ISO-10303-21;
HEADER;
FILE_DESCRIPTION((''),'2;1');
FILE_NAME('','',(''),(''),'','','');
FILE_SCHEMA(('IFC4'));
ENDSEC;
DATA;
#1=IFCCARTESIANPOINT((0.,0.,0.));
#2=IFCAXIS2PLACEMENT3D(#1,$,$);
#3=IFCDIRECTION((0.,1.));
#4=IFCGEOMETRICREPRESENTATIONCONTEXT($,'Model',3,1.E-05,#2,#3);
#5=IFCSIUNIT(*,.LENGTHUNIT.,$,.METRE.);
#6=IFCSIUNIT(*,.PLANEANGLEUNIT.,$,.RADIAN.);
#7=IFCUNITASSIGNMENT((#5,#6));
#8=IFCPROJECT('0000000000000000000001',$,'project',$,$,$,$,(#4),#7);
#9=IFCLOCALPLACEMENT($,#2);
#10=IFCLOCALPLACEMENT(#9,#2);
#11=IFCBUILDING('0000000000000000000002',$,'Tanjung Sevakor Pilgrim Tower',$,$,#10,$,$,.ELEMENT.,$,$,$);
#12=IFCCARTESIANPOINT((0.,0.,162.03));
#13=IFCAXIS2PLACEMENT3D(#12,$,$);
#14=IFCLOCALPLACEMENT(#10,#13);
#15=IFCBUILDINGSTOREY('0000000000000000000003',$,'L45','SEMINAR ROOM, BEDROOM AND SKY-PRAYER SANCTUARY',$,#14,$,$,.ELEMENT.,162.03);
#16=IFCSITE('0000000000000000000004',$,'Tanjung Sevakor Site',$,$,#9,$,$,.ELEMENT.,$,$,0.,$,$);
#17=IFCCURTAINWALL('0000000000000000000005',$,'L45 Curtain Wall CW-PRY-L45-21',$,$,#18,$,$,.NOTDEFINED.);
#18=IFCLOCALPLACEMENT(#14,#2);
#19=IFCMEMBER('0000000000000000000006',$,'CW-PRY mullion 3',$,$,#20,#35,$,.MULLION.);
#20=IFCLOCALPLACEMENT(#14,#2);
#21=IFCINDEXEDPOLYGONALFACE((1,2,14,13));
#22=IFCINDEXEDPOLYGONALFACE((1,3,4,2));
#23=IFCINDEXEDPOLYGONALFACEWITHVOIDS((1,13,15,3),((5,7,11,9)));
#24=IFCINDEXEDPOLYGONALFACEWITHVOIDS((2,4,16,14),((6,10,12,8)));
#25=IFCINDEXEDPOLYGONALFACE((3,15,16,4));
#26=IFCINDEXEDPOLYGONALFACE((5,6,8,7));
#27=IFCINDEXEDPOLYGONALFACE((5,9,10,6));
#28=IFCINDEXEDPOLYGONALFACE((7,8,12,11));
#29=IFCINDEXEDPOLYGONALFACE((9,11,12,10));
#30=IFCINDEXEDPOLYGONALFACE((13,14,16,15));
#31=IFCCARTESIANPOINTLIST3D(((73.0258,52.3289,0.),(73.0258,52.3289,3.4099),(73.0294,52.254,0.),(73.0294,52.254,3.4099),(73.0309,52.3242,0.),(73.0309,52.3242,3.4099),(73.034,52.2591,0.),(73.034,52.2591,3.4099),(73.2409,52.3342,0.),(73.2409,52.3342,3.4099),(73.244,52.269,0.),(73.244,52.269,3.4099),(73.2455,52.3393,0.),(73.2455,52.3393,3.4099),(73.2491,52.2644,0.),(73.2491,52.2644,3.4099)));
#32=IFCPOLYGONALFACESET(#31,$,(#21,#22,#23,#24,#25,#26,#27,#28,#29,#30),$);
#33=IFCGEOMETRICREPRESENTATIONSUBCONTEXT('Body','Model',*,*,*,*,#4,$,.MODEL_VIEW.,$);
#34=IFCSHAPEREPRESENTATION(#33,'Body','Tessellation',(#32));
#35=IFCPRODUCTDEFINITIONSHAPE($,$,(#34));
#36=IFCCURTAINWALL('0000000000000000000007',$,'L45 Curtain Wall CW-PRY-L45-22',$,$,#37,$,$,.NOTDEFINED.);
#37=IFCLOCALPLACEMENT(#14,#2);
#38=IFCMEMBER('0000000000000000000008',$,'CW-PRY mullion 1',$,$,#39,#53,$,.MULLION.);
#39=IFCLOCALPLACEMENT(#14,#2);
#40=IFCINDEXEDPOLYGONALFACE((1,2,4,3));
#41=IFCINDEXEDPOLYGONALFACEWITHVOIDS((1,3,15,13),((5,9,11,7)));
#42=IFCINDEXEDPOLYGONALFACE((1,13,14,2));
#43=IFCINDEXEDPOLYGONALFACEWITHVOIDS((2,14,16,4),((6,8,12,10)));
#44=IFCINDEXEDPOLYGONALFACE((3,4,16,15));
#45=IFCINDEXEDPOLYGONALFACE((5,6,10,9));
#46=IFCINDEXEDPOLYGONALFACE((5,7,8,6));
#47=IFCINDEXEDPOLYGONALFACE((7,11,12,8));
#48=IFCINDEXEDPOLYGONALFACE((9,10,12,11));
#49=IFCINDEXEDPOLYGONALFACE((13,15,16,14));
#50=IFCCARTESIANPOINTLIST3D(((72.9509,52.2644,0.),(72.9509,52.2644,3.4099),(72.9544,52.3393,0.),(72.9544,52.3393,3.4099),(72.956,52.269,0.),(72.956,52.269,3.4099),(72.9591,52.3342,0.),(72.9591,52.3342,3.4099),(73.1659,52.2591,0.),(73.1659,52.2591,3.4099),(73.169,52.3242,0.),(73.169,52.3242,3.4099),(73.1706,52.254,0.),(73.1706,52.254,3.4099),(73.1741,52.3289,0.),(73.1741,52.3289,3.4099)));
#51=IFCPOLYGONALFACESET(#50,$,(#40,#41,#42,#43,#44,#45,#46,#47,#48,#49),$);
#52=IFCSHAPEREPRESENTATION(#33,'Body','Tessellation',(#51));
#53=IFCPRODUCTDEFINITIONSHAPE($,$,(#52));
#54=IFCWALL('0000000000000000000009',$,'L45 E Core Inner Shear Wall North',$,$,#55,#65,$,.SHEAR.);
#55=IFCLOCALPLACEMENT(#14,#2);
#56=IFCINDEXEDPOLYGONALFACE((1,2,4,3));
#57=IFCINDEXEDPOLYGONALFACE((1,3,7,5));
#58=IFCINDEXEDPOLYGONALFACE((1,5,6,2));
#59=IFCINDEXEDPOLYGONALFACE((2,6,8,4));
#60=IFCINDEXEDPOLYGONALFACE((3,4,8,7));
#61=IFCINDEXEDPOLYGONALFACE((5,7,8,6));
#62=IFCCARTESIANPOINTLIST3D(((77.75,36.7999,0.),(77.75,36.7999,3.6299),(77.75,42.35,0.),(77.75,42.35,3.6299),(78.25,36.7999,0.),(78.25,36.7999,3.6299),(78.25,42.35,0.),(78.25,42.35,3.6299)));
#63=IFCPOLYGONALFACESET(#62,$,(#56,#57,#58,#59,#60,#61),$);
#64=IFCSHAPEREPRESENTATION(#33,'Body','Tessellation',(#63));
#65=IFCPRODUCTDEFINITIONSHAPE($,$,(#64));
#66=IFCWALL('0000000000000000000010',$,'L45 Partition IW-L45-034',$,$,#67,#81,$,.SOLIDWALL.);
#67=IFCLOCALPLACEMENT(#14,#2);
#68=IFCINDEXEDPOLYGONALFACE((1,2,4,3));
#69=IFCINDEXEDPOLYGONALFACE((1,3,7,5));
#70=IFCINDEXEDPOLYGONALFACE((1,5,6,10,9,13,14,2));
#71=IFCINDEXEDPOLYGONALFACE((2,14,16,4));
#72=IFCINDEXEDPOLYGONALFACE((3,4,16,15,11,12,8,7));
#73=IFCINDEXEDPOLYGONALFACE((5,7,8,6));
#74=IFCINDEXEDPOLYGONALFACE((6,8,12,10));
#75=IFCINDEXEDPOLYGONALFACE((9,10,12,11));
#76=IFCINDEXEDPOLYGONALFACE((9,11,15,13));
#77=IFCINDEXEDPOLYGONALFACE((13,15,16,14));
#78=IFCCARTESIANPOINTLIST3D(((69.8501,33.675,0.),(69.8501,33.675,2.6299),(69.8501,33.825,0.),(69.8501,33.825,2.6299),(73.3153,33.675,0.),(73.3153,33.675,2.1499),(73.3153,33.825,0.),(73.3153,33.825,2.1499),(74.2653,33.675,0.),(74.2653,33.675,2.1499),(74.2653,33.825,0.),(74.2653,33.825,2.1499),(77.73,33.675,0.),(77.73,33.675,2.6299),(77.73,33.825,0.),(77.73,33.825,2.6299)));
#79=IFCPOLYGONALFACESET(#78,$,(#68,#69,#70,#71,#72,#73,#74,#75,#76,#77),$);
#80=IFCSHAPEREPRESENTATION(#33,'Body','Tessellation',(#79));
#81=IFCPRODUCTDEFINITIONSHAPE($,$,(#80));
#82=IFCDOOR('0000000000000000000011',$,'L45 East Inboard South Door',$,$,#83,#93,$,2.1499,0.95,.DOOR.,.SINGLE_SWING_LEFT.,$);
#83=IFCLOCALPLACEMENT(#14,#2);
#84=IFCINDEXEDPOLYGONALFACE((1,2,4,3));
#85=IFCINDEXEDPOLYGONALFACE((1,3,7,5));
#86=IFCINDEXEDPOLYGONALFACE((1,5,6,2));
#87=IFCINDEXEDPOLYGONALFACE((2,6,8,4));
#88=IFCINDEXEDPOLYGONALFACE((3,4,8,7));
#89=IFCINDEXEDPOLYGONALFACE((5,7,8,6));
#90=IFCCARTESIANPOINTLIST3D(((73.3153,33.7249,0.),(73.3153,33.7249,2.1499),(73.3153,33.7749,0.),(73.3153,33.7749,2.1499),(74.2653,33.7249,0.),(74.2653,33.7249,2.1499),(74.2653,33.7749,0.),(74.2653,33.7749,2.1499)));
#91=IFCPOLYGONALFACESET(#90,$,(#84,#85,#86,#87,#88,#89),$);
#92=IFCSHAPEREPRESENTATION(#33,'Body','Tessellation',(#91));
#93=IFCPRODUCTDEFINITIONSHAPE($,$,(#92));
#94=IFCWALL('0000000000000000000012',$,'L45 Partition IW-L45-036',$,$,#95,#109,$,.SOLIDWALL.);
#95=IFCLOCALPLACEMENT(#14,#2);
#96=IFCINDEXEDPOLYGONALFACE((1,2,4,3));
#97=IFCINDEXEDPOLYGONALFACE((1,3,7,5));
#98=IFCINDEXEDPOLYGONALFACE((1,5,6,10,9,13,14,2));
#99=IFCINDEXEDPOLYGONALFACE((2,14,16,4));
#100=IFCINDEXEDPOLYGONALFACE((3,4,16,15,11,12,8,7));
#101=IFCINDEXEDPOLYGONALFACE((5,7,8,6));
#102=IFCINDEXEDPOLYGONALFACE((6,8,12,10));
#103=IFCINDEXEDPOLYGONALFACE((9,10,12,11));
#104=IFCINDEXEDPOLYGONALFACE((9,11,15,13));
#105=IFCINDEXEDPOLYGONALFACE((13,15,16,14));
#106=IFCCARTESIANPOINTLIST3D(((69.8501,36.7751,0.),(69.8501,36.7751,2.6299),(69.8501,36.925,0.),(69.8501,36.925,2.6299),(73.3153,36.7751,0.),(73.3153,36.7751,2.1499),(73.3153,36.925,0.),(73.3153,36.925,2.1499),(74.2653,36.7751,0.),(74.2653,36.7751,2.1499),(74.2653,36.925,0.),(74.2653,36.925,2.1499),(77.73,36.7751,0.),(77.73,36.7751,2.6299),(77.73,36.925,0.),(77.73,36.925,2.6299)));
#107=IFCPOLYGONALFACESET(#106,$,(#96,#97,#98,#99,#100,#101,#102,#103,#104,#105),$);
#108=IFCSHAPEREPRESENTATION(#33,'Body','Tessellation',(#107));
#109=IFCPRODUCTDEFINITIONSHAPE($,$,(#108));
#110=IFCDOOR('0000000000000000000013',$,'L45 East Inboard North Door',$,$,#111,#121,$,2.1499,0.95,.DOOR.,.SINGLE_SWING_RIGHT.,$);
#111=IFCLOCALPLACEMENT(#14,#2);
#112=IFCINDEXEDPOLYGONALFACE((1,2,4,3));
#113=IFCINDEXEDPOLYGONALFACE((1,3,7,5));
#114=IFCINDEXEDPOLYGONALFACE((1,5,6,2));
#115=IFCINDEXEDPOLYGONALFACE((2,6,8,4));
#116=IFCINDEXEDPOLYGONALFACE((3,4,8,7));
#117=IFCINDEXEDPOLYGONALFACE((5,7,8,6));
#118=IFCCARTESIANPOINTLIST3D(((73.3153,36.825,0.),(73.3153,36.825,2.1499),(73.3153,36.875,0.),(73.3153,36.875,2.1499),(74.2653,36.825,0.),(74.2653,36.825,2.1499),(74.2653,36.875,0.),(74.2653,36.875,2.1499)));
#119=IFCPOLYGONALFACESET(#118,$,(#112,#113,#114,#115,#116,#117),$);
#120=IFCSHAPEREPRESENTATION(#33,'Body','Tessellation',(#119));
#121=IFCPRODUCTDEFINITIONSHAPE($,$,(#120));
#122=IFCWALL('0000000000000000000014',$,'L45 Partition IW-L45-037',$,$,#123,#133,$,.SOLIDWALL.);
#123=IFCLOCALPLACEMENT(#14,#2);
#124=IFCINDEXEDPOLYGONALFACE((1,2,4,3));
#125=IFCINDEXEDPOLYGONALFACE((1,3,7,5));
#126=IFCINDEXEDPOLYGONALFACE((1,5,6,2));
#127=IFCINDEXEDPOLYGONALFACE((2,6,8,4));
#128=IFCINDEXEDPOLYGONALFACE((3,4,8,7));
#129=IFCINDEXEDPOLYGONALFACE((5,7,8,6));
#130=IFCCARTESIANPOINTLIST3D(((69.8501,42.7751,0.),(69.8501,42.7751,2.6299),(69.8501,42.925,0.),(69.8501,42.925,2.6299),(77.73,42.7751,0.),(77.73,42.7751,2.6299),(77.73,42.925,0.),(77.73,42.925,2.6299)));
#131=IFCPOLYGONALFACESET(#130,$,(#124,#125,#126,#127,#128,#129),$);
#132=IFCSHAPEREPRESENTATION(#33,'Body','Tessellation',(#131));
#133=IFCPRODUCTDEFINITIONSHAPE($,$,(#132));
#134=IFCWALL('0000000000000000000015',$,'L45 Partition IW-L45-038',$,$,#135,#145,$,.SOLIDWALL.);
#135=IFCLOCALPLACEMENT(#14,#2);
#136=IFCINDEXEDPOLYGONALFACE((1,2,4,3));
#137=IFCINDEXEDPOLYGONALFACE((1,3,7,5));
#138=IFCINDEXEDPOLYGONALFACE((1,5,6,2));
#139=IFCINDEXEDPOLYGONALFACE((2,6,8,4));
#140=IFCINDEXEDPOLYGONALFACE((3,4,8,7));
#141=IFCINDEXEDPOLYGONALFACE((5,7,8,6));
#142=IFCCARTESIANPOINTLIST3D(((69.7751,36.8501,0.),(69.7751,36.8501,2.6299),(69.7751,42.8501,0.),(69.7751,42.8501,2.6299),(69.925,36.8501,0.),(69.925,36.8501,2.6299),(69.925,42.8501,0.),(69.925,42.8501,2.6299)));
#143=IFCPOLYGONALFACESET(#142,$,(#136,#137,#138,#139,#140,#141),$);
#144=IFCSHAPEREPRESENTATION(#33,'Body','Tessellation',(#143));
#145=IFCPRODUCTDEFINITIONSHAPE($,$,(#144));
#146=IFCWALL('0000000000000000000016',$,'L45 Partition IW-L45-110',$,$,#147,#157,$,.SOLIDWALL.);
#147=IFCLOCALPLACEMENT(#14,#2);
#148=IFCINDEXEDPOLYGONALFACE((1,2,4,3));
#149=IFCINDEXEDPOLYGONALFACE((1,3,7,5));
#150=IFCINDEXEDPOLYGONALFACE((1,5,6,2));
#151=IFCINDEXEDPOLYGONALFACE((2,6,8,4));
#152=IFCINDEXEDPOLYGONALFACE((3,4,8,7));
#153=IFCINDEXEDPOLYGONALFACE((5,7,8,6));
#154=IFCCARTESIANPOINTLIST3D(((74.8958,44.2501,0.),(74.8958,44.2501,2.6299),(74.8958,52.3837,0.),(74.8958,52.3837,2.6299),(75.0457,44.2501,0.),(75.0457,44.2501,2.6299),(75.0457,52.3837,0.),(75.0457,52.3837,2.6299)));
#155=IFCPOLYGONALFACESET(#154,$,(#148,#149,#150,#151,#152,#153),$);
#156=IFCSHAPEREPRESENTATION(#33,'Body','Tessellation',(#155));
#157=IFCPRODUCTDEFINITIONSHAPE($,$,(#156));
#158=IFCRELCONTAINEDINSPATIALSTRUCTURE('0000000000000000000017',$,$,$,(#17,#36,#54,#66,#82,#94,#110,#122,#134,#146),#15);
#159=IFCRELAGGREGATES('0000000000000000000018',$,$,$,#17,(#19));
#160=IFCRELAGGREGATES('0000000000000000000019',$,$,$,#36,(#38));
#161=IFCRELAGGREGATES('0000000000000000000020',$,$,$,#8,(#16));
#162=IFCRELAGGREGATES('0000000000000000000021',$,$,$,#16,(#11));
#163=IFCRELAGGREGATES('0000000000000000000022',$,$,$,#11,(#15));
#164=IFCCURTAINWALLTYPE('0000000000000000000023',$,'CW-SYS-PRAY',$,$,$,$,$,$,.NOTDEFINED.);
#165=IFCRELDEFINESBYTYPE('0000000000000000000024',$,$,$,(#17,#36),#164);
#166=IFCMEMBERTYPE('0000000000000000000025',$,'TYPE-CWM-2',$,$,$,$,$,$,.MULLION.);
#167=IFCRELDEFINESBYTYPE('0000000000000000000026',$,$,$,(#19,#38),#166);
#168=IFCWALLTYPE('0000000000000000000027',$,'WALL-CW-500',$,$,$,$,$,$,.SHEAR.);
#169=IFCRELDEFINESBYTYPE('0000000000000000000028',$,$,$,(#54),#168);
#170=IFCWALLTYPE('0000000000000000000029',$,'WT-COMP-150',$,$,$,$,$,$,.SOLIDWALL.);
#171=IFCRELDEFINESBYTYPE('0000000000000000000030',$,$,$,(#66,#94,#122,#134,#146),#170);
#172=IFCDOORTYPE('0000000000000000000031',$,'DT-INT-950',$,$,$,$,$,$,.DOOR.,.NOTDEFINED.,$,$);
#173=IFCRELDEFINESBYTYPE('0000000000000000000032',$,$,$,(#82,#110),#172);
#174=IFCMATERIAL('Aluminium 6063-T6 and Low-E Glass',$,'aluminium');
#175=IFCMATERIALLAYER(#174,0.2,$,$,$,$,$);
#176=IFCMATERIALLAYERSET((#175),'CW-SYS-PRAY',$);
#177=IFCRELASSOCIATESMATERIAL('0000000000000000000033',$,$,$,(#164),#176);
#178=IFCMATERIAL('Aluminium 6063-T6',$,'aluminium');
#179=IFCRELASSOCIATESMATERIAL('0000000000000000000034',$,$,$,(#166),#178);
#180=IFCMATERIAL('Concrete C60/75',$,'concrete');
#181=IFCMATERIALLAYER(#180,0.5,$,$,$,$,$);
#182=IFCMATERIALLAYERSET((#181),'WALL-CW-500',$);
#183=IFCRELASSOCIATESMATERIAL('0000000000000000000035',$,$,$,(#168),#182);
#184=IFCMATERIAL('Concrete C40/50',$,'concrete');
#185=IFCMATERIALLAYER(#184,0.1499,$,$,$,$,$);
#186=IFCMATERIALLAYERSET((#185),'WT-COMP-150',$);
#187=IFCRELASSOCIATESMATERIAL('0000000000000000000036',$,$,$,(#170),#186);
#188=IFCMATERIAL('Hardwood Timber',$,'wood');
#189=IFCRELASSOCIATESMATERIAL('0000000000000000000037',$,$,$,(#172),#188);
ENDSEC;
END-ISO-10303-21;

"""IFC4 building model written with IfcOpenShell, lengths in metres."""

from ifc_helpers import new_model, si_unit, direction, frame, frame_2d, origin, origin_2d, place, context, subcontext, project, spatial, rectangle, hollow_rectangle, extrude, material, layer, layer_set, material_profile, profile_set, type_object, element, fill, aggregate, save


model = new_model("IFC4")

# Units and contexts
model_context = context("Model", 3, precision=1e-05, world=origin(), true_north=direction((0.0, 1.0)))
body_context = subcontext(model_context, "Body", "Model", "MODEL_VIEW")
ifc_project = project(units=[si_unit("LENGTHUNIT", "METRE"), si_unit("PLANEANGLEUNIT", "RADIAN")], contexts=[model_context])

# Site, building, storey
site_placement = place(None, origin())
site = spatial("IfcSite", under=ifc_project, at=site_placement, Name="Tanjung Sevakor Site", CompositionType="ELEMENT", RefElevation=0.0)
building_placement = place(site_placement, origin())
building = spatial("IfcBuilding", under=site, at=building_placement, Name="Tanjung Sevakor Pilgrim Tower", CompositionType="ELEMENT")
storey_placement = place(building_placement, frame((0.0, 0.0, 162.03)))
storey = spatial("IfcBuildingStorey", under=building, at=storey_placement, Name="L45", Description="SEMINAR ROOM, BEDROOM AND SKY-PRAYER SANCTUARY", CompositionType="ELEMENT", Elevation=162.03)

# Curtain walls, members
ifc_material_1 = material(Name="Aluminium 6063-T6 and Low-E Glass", Category="aluminium")
ifc_layer_1 = layer(ifc_material_1, 0.2)
ifc_layer_set_1 = layer_set([ifc_layer_1], Name="CW-SYS-PRAY")
curtain_wall_type = type_object("IfcCurtainWallType", Name="CW-SYS-PRAY", PredefinedType="NOTDEFINED", material=ifc_layer_set_1)
curtain_wall_1_placement = place(storey_placement, origin())
curtain_wall_1 = element("IfcCurtainWall", 1, at=curtain_wall_1_placement, inside=storey, type_object=curtain_wall_type, Name="L45 Curtain Wall CW-PRY-L45-21", PredefinedType="NOTDEFINED")
ifc_material_2 = material(Name="Aluminium 6063-T6", Category="aluminium")
ifc_material_profile_1 = material_profile(ifc_material_2, hollow_rectangle(XDim=0.075, YDim=0.22, WallThickness=0.0049, at=origin_2d()))
ifc_profile_set_1 = profile_set([ifc_material_profile_1], Name="Aluminium 6063-T6")
member_type = type_object("IfcMemberType", Name="TYPE-CWM-2", PredefinedType="MULLION", material=ifc_profile_set_1)
member_1_placement = place(storey_placement, frame((73.1375, 52.2966, 0.0), z_axis=(0.0, 0.0, 1.0), x_axis=(0.047333, -0.998879, 0.0)))
member_1 = element("IfcMember", 2, at=member_1_placement, type_object=member_type, Name="CW-PRY mullion 3", PredefinedType="MULLION", context=body_context, shape_type="SweptSolid", body=[
    extrude(hollow_rectangle(XDim=0.075, YDim=0.22, WallThickness=0.0049, at=origin_2d()), origin(), (0.0, 0.0, 1.0), 3.4099),
])
aggregate(curtain_wall_1, [member_1])
curtain_wall_2_placement = place(storey_placement, origin())
curtain_wall_2 = element("IfcCurtainWall", 3, at=curtain_wall_2_placement, inside=storey, type_object=curtain_wall_type, Name="L45 Curtain Wall CW-PRY-L45-22", PredefinedType="NOTDEFINED")
member_2_placement = place(storey_placement, frame((73.0625, 52.2966, 0.0), z_axis=(0.0, 0.0, 1.0), x_axis=(-0.047333, -0.998879, 0.0)))
member_2 = element("IfcMember", 4, at=member_2_placement, type_object=member_type, Name="CW-PRY mullion 1", PredefinedType="MULLION", context=body_context, shape_type="SweptSolid", body=[
    extrude(hollow_rectangle(XDim=0.075, YDim=0.22, WallThickness=0.0049, at=origin_2d()), origin(), (0.0, 0.0, 1.0), 3.4099),
])
aggregate(curtain_wall_2, [member_2])

# Wall
ifc_material_3 = material(Name="Concrete C60/75", Category="concrete")
ifc_layer_2 = layer(ifc_material_3, 0.5)
ifc_layer_set_2 = layer_set([ifc_layer_2], Name="WALL-CW-500")
wall_type_1 = type_object("IfcWallType", Name="WALL-CW-500", PredefinedType="SHEAR", material=ifc_layer_set_2)
wall_1_placement = place(storey_placement, frame((78.0, 36.8, 0.0), z_axis=(0.0, 0.0, 1.0), x_axis=(0.0, 1.0, 0.0)))
element("IfcWall", 5, at=wall_1_placement, inside=storey, type_object=wall_type_1, Name="L45 E Core Inner Shear Wall North", PredefinedType="SHEAR", context=body_context, shape_type="SweptSolid", body=[
    extrude(rectangle(XDim=5.55, YDim=0.5, at=frame_2d((2.7749, 0.0))), origin(), (0.0, 0.0, 1.0), 3.6299),
])

# Walls, openings, doors
ifc_material_4 = material(Name="Concrete C40/50", Category="concrete")
ifc_layer_3 = layer(ifc_material_4, 0.1499)
ifc_layer_set_3 = layer_set([ifc_layer_3], Name="WT-COMP-150")
wall_type_2 = type_object("IfcWallType", Name="WT-COMP-150", PredefinedType="SOLIDWALL", material=ifc_layer_set_3)
wall_2_placement = place(storey_placement, frame((69.8501, 33.75, 0.0), z_axis=(0.0, 0.0, 1.0), x_axis=(1.0, 0.0, 0.0)))
wall_2 = element("IfcWall", 6, at=wall_2_placement, inside=storey, type_object=wall_type_2, Name="L45 Partition IW-L45-034", PredefinedType="SOLIDWALL", context=body_context, shape_type="SweptSolid", body=[
    extrude(rectangle(XDim=7.8799, YDim=0.1499, at=frame_2d((3.9399, 0.0))), origin(), (0.0, 0.0, 1.0), 2.6299),
])
opening_1_placement = place(wall_2_placement, frame((3.4651, 0.0, 0.0)))
opening_1 = element("IfcOpeningElement", 7, at=opening_1_placement, cuts=wall_2, PredefinedType="OPENING", context=body_context, shape_type="SweptSolid", body=[
    extrude(rectangle(XDim=0.95, YDim=2.1499, at=frame_2d((0.4751, 1.075))), frame((0.0, 0.085, 0.0), z_axis=(0.0, -1.0, 0.0), x_axis=(1.0, 0.0, 0.0)), (0.0, 0.0, 1.0), 0.1699),
])
ifc_material_5 = material(Name="Hardwood Timber", Category="wood")
door_type_1 = type_object("IfcDoorType", Name="DT-INT-950", OperationType="NOTDEFINED", PredefinedType="DOOR", material=ifc_material_5)
door_1_placement = place(opening_1_placement, origin())
door_1 = element("IfcDoor", 8, at=door_1_placement, inside=storey, type_object=door_type_1, Name="L45 East Inboard South Door", OperationType="SINGLE_SWING_LEFT", OverallHeight=2.1499, OverallWidth=0.95, PredefinedType="DOOR", context=body_context, shape_type="SweptSolid", body=[
    extrude(rectangle(XDim=0.95, YDim=2.1499, at=frame_2d((0.4751, 1.075))), frame((0.0, 0.0249, 0.0), z_axis=(0.0, -1.0, 0.0), x_axis=(1.0, 0.0, 0.0)), (0.0, 0.0, 1.0), 0.05),
])
fill(opening_1, door_1)
wall_3_placement = place(storey_placement, frame((69.8501, 36.8501, 0.0), z_axis=(0.0, 0.0, 1.0), x_axis=(1.0, 0.0, 0.0)))
wall_3 = element("IfcWall", 9, at=wall_3_placement, inside=storey, type_object=wall_type_2, Name="L45 Partition IW-L45-036", PredefinedType="SOLIDWALL", context=body_context, shape_type="SweptSolid", body=[
    extrude(rectangle(XDim=7.8799, YDim=0.1499, at=frame_2d((3.9399, 0.0))), origin(), (0.0, 0.0, 1.0), 2.6299),
])
opening_2_placement = place(wall_3_placement, frame((3.4651, 0.0, 0.0)))
opening_2 = element("IfcOpeningElement", 10, at=opening_2_placement, cuts=wall_3, PredefinedType="OPENING", context=body_context, shape_type="SweptSolid", body=[
    extrude(rectangle(XDim=0.95, YDim=2.1499, at=frame_2d((0.4751, 1.075))), frame((0.0, 0.085, 0.0), z_axis=(0.0, -1.0, 0.0), x_axis=(1.0, 0.0, 0.0)), (0.0, 0.0, 1.0), 0.1699),
])
door_2_placement = place(opening_2_placement, origin())
door_2 = element("IfcDoor", 11, at=door_2_placement, inside=storey, type_object=door_type_1, Name="L45 East Inboard North Door", OperationType="SINGLE_SWING_RIGHT", OverallHeight=2.1499, OverallWidth=0.95, PredefinedType="DOOR", context=body_context, shape_type="SweptSolid", body=[
    extrude(rectangle(XDim=0.95, YDim=2.1499, at=frame_2d((0.4751, 1.075))), frame((0.0, 0.0249, 0.0), z_axis=(0.0, -1.0, 0.0), x_axis=(1.0, 0.0, 0.0)), (0.0, 0.0, 1.0), 0.05),
])
fill(opening_2, door_2)

# Walls
wall_4_placement = place(storey_placement, frame((69.8501, 42.8501, 0.0), z_axis=(0.0, 0.0, 1.0), x_axis=(1.0, 0.0, 0.0)))
element("IfcWall", 12, at=wall_4_placement, inside=storey, type_object=wall_type_2, Name="L45 Partition IW-L45-037", PredefinedType="SOLIDWALL", context=body_context, shape_type="SweptSolid", body=[
    extrude(rectangle(XDim=7.8799, YDim=0.1499, at=frame_2d((3.9399, 0.0))), origin(), (0.0, 0.0, 1.0), 2.6299),
])
wall_5_placement = place(storey_placement, frame((69.8501, 36.8501, 0.0), z_axis=(0.0, 0.0, 1.0), x_axis=(0.0, 1.0, 0.0)))
element("IfcWall", 13, at=wall_5_placement, inside=storey, type_object=wall_type_2, Name="L45 Partition IW-L45-038", PredefinedType="SOLIDWALL", context=body_context, shape_type="SweptSolid", body=[
    extrude(rectangle(XDim=6.0, YDim=0.1499, at=frame_2d((3.0, 0.0))), origin(), (0.0, 0.0, 1.0), 2.6299),
])
wall_6_placement = place(storey_placement, frame((74.9707, 44.25, 0.0), z_axis=(0.0, 0.0, 1.0), x_axis=(0.0, 1.0, 0.0)))
element("IfcWall", 14, at=wall_6_placement, inside=storey, type_object=wall_type_2, Name="L45 Partition IW-L45-110", PredefinedType="SOLIDWALL", context=body_context, shape_type="SweptSolid", body=[
    extrude(rectangle(XDim=8.1335, YDim=0.1499, at=frame_2d((4.0669, 0.0))), origin(), (0.0, 0.0, 1.0), 2.6299),
])

save(model, "model.ifc")
